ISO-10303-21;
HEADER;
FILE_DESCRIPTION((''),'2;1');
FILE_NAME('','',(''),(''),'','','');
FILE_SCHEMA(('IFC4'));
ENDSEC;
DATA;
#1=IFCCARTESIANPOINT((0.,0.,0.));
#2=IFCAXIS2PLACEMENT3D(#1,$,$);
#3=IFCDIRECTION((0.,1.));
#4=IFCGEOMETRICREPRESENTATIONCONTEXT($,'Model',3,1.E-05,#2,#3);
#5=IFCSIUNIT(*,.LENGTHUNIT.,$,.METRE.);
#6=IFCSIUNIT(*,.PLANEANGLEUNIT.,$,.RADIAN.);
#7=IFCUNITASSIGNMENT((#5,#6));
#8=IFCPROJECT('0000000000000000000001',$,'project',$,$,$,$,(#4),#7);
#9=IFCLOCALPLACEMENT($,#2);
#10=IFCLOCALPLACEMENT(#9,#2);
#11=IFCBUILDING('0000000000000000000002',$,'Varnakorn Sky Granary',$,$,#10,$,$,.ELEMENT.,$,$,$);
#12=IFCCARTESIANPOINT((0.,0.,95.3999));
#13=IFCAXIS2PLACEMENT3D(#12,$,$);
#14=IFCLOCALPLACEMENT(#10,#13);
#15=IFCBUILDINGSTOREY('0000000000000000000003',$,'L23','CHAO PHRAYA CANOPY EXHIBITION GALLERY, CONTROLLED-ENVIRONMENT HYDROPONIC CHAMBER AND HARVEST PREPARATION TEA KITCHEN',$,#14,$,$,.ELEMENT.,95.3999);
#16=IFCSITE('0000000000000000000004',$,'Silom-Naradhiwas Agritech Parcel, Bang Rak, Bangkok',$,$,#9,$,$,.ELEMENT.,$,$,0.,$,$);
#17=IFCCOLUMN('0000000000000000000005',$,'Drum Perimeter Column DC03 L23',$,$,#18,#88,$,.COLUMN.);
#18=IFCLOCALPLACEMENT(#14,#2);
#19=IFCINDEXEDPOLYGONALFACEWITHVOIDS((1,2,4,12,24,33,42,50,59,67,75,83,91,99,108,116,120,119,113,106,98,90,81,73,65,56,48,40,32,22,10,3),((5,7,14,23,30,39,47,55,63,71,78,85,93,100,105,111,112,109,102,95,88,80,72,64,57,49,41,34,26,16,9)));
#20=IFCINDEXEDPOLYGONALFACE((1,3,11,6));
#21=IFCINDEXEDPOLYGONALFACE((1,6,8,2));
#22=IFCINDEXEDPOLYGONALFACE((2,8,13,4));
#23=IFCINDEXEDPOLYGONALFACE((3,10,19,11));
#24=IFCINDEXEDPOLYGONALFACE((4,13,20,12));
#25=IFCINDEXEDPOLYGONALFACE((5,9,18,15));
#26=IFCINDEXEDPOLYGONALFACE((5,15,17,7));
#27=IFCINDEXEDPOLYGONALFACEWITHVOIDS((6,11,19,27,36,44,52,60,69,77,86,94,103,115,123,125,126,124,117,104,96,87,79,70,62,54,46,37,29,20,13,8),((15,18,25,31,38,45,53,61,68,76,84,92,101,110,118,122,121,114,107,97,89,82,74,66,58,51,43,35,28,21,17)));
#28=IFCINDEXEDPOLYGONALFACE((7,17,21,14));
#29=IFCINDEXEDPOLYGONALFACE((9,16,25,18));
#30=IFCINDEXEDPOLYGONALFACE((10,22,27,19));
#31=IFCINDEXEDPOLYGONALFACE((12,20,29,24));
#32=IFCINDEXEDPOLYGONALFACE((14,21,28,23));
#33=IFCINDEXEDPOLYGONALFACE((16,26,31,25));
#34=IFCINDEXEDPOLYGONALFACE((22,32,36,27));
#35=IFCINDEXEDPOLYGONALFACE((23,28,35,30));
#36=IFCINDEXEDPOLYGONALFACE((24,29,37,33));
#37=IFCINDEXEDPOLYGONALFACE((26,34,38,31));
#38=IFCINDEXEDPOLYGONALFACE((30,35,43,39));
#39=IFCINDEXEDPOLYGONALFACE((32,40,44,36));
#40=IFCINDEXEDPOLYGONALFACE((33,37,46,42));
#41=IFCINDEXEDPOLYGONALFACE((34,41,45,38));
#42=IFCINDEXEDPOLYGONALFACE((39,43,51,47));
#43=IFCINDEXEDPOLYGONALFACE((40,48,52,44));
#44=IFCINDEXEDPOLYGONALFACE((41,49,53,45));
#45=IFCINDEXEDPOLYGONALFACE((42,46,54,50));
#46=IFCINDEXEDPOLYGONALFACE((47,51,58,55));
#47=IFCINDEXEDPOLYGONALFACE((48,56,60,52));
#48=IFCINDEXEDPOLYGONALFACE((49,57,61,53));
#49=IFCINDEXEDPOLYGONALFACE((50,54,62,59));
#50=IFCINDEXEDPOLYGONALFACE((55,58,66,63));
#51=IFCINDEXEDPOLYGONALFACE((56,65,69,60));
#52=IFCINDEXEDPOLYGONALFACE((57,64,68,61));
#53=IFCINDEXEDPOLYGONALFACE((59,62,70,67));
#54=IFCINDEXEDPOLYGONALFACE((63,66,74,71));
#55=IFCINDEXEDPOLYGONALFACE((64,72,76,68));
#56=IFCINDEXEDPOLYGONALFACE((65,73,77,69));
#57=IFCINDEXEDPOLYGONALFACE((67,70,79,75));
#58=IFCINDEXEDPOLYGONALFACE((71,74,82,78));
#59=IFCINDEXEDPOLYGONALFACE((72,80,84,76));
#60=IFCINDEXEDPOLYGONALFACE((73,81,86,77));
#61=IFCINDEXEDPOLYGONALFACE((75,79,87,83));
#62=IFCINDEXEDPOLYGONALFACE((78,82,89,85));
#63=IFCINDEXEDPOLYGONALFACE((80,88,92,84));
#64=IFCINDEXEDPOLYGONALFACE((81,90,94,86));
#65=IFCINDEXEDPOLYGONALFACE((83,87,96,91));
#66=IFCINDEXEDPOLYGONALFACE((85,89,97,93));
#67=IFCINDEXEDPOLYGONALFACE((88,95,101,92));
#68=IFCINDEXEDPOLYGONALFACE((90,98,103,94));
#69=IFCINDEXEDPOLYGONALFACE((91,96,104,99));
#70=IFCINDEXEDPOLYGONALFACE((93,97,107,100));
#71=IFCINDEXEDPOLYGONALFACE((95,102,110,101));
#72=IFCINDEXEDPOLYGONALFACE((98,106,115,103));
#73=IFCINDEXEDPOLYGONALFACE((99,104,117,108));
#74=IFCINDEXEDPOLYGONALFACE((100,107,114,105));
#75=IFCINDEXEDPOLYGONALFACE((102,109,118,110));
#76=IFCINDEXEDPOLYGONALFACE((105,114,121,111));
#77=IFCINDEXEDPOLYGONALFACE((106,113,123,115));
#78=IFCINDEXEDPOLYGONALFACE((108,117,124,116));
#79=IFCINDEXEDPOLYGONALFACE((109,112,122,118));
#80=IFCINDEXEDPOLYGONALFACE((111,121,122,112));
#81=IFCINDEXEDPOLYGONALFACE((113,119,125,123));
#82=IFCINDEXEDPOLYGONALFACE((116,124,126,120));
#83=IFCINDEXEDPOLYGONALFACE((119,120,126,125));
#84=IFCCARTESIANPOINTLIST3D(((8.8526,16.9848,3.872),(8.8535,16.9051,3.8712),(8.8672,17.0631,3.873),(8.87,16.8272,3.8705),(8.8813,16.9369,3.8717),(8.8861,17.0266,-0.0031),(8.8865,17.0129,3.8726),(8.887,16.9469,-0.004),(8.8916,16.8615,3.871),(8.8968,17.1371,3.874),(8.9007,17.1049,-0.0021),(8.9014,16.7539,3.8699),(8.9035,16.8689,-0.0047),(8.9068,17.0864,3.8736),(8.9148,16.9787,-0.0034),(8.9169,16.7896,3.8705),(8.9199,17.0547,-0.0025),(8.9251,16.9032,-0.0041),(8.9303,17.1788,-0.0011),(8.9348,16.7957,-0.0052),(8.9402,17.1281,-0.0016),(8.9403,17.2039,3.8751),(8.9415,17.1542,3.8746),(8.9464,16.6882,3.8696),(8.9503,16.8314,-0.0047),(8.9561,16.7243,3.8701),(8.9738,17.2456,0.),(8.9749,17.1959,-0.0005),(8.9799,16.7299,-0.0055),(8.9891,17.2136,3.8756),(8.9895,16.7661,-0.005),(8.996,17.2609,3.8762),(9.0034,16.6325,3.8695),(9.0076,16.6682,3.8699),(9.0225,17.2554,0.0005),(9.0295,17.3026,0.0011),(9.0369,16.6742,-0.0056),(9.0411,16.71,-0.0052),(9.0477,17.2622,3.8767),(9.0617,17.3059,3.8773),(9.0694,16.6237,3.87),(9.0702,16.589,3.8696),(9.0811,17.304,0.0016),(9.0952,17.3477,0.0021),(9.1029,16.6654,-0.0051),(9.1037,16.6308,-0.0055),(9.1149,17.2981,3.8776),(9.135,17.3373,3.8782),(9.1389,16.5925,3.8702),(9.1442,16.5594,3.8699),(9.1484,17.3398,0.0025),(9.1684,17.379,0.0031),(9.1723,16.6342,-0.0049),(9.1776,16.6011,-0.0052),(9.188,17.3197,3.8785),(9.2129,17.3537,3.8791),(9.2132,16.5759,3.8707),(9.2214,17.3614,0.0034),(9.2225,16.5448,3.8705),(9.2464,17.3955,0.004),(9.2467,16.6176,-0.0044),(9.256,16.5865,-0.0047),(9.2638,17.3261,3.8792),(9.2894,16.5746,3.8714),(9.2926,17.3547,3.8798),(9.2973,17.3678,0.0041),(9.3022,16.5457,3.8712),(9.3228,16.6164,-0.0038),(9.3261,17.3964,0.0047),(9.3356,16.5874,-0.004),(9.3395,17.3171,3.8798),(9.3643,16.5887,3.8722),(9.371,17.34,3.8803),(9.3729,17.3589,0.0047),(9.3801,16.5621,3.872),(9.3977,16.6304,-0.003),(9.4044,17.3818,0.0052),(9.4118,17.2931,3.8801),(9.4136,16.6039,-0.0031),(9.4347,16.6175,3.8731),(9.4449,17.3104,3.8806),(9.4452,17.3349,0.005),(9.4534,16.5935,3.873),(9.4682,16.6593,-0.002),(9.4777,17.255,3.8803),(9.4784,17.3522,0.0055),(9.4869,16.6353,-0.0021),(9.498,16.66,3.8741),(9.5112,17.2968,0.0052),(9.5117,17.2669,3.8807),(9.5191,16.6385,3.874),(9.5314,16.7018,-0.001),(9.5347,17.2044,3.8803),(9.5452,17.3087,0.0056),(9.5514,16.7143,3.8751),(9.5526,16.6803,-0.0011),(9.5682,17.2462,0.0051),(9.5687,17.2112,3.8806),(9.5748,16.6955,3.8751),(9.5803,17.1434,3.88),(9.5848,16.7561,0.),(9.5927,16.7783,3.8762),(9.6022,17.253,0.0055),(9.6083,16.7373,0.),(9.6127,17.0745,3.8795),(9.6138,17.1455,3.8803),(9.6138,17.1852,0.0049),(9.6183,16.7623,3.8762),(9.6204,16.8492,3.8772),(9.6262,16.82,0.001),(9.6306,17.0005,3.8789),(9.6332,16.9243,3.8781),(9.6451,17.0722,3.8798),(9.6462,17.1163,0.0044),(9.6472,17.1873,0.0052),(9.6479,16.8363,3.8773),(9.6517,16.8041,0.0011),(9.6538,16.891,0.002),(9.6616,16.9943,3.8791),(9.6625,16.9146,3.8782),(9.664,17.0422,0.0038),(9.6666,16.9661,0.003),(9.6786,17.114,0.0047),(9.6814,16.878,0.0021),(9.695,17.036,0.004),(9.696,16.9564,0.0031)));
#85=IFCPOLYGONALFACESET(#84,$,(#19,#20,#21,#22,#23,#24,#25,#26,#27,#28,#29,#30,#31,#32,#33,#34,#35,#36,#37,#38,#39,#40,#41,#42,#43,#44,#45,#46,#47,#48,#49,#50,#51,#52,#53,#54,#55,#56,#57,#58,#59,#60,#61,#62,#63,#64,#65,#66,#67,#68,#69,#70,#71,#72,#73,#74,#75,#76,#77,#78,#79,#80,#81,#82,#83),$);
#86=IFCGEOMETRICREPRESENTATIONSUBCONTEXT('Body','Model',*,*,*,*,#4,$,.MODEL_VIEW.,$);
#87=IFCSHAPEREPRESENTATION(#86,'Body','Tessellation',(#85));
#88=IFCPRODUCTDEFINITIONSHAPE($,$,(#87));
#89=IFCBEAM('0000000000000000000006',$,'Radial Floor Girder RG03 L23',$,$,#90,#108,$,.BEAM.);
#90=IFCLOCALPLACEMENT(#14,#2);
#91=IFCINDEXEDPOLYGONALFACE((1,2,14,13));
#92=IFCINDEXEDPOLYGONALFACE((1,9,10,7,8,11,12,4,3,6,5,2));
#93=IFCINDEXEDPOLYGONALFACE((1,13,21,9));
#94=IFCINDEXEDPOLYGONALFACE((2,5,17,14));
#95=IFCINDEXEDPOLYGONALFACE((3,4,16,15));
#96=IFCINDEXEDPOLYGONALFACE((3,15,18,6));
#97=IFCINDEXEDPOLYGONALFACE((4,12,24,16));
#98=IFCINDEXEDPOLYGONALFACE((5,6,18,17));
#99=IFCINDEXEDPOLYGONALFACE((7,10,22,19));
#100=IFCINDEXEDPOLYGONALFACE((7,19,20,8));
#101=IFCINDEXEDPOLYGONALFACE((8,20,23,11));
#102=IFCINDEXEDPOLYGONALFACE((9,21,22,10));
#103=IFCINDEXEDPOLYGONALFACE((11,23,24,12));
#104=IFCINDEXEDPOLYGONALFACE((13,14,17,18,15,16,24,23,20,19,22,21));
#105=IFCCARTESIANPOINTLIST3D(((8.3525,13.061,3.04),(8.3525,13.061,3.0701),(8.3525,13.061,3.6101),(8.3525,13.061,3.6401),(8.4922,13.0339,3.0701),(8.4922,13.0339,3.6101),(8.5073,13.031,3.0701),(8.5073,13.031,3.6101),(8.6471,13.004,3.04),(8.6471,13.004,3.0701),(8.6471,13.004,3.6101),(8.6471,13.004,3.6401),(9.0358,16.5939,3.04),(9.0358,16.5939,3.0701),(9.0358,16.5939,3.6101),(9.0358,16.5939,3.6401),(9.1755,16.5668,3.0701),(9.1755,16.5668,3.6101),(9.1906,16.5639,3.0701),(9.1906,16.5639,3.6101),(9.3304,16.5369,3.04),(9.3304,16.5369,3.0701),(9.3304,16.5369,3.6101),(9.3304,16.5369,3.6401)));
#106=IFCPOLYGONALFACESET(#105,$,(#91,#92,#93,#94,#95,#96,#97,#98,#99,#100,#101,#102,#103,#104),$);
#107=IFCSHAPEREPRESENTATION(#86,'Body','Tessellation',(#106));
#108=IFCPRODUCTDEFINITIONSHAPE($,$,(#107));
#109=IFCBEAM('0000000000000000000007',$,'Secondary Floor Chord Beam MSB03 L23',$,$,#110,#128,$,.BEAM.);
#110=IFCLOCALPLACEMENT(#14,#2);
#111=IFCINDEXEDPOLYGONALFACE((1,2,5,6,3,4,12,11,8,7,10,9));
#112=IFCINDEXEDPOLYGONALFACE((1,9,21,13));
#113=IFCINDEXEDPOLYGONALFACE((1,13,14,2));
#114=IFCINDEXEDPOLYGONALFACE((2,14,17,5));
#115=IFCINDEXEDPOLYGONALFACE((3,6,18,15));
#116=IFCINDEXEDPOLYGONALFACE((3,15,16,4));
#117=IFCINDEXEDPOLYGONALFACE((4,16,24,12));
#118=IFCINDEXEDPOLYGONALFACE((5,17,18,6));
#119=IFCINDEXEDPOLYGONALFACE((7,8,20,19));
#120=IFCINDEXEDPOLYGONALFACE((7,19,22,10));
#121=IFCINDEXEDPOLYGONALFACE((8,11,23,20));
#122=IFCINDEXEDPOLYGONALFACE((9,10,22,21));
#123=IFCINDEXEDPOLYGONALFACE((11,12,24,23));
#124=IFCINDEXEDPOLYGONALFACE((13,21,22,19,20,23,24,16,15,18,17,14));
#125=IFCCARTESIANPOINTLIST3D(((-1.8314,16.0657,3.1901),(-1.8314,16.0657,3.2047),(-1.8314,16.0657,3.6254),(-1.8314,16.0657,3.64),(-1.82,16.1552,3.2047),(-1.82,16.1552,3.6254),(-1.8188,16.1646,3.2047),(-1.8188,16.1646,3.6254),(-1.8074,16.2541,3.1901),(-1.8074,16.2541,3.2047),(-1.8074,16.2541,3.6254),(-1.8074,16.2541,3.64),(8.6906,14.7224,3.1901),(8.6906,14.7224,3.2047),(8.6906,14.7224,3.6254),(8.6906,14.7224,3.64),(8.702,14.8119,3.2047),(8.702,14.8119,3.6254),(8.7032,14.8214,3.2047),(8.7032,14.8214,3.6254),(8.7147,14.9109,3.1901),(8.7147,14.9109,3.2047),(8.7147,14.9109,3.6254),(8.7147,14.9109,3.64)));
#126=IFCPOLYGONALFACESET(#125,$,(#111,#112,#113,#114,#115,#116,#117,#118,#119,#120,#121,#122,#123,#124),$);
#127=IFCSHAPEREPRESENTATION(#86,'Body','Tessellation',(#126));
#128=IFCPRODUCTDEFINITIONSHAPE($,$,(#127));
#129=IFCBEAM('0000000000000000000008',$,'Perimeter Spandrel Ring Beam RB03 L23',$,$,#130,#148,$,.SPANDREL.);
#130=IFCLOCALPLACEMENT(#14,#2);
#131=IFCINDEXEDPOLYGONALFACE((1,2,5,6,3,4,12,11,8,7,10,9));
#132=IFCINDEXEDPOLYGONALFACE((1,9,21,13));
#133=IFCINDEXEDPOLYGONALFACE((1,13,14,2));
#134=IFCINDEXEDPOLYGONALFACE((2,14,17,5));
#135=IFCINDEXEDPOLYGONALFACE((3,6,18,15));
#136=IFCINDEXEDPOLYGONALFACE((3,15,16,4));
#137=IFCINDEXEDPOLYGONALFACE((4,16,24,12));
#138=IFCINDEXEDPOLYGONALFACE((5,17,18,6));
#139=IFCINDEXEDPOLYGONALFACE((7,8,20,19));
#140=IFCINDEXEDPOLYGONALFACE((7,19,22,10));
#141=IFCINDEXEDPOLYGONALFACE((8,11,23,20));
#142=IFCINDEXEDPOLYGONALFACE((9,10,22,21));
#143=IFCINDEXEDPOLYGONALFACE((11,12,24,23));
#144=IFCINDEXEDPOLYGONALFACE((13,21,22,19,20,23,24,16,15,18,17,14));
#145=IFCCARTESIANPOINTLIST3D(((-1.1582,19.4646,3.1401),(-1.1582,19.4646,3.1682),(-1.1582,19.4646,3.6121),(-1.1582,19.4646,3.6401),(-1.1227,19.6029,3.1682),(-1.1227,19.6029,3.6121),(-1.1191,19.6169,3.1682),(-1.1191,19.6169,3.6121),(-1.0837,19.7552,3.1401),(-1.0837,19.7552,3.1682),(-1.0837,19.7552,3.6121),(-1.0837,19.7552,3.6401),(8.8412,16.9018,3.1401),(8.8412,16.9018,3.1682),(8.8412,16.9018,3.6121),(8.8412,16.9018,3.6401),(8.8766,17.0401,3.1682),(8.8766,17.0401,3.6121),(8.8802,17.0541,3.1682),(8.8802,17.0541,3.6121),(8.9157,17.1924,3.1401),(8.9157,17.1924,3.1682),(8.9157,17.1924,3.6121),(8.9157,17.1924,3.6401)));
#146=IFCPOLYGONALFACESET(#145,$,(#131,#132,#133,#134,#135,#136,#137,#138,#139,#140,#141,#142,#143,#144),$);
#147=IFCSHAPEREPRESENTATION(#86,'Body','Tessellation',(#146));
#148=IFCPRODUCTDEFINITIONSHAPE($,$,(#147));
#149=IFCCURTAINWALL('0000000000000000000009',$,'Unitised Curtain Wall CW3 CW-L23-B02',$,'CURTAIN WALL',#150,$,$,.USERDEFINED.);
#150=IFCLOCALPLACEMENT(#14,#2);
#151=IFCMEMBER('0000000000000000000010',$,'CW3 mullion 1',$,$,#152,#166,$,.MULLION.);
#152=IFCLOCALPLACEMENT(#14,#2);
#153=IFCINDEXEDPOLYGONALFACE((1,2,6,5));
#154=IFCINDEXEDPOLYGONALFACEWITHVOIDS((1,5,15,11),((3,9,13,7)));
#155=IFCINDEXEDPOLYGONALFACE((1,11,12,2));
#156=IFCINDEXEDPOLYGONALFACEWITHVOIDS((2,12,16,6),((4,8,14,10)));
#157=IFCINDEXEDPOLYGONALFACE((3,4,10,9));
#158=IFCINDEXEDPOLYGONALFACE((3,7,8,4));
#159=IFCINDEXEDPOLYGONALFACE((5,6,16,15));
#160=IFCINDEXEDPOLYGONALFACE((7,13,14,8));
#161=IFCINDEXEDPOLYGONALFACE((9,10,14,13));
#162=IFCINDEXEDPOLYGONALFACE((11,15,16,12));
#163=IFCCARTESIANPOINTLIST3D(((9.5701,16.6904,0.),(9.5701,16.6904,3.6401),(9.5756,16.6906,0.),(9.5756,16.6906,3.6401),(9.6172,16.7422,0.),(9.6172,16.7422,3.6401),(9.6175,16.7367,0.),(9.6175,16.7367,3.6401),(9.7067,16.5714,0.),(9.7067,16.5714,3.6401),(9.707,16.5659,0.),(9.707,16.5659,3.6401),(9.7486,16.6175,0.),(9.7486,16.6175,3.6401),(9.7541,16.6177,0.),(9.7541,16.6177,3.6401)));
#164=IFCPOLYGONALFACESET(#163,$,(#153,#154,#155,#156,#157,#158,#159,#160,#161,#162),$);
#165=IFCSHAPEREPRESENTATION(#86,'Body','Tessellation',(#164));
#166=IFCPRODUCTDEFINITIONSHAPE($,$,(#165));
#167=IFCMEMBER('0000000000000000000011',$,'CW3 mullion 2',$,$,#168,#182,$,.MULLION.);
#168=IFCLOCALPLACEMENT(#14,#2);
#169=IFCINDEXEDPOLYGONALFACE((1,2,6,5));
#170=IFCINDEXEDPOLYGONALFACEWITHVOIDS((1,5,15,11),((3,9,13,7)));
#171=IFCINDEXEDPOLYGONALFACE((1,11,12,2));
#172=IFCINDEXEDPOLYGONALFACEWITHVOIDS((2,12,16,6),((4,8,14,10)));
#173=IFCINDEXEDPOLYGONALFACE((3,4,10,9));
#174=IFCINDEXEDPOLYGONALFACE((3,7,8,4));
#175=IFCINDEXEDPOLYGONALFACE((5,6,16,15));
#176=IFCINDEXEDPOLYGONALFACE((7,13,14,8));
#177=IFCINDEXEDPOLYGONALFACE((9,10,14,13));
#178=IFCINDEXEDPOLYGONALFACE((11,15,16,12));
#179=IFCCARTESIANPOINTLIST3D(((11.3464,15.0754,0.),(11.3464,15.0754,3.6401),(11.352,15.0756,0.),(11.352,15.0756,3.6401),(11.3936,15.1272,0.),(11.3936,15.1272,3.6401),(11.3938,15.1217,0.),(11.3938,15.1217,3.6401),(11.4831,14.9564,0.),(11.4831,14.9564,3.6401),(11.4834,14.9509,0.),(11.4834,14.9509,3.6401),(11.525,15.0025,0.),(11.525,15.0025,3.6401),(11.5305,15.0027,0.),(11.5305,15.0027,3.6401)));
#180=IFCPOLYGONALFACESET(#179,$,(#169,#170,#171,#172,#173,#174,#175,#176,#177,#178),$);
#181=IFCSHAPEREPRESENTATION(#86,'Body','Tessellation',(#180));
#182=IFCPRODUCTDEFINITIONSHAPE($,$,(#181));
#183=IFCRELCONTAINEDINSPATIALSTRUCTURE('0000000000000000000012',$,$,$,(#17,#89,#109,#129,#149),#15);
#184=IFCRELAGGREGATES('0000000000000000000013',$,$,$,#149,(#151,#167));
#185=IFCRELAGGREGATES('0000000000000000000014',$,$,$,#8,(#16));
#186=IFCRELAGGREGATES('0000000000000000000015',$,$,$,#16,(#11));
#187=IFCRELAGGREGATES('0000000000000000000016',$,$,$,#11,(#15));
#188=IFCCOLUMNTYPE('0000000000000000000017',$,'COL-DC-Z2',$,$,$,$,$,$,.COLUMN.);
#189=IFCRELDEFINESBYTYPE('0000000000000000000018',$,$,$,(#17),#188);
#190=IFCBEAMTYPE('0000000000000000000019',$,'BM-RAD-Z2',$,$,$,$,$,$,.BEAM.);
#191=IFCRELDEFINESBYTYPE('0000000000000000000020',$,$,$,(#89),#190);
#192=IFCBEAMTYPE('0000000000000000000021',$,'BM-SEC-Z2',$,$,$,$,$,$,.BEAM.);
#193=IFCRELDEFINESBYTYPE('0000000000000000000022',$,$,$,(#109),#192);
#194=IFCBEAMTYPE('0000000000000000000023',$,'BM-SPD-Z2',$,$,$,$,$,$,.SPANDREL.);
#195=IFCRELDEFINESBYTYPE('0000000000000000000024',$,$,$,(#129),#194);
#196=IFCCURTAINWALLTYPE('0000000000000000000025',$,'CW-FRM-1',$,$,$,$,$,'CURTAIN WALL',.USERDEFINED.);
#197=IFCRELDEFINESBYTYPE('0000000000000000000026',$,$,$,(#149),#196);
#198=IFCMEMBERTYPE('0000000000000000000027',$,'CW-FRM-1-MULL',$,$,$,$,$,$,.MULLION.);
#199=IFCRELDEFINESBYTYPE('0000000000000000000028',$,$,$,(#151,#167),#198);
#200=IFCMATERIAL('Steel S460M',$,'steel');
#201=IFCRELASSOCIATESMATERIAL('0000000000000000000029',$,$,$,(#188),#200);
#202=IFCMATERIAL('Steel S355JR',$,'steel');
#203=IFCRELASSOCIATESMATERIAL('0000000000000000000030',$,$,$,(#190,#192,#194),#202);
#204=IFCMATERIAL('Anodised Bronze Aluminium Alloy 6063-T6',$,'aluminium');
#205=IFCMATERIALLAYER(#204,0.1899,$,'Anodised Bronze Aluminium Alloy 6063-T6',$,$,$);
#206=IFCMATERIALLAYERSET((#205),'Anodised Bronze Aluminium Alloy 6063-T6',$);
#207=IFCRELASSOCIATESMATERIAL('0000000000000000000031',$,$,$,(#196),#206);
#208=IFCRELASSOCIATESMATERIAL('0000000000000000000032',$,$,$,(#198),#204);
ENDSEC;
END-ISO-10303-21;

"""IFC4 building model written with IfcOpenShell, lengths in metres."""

from ifc_helpers import new_model, si_unit, direction, frame, origin, origin_2d, place, context, subcontext, project, spatial, hollow_rectangle, hollow_circle, i_section, extrude, material, layer, layer_set, material_profile, profile_set, type_object, element, aggregate, save


model = new_model("IFC4")

# Units and contexts
model_context = context("Model", 3, precision=1e-05, world=origin(), true_north=direction((0.0, 1.0)))
body_context = subcontext(model_context, "Body", "Model", "MODEL_VIEW")
ifc_project = project(units=[si_unit("LENGTHUNIT", "METRE"), si_unit("PLANEANGLEUNIT", "RADIAN")], contexts=[model_context])

# Site, building, storey
site_placement = place(None, origin())
site = spatial("IfcSite", under=ifc_project, at=site_placement, Name="Silom-Naradhiwas Agritech Parcel, Bang Rak, Bangkok", CompositionType="ELEMENT", RefElevation=0.0)
building_placement = place(site_placement, origin())
building = spatial("IfcBuilding", under=site, at=building_placement, Name="Varnakorn Sky Granary", CompositionType="ELEMENT")
storey_placement = place(building_placement, frame((0.0, 0.0, 95.3999)))
storey = spatial("IfcBuildingStorey", under=building, at=storey_placement, Name="L23", Description="CHAO PHRAYA CANOPY EXHIBITION GALLERY, CONTROLLED-ENVIRONMENT HYDROPONIC CHAMBER AND HARVEST PREPARATION TEA KITCHEN", CompositionType="ELEMENT", Elevation=95.3999)

# Column
ifc_material_1 = material(Name="Steel S460M", Category="steel")
ifc_material_profile_1 = material_profile(ifc_material_1, hollow_circle(Radius=0.4065, WallThickness=0.03, at=origin_2d()), Name="CHS 813x30")
ifc_profile_set_1 = profile_set([ifc_material_profile_1], Name="Steel S460M")
column_type = type_object("IfcColumnType", Name="COL-DC-Z2", PredefinedType="COLUMN", material=ifc_profile_set_1)
column_placement = place(storey_placement, frame((9.291, 16.9915, 0.0), z_axis=(-0.008631, -0.010773, 0.999905), x_axis=(0.780423, -0.625251, 0.0)))
element("IfcColumn", 1, at=column_placement, inside=storey, type_object=column_type, Name="Drum Perimeter Column DC03 L23", PredefinedType="COLUMN", context=body_context, shape_type="SweptSolid", body=[
    extrude(hollow_circle(Radius=0.4065, WallThickness=0.03, at=origin_2d()), origin(), (0.0, 0.0, 1.0), 3.8755),
])

# Beams
ifc_material_2 = material(Name="Steel S355JR", Category="steel")
ifc_material_profile_2 = material_profile(ifc_material_2, i_section(OverallWidth=0.3, OverallDepth=0.6001, WebThickness=0.0154, FlangeThickness=0.03, at=origin_2d()), Name="HE 600 B")
ifc_profile_set_2 = profile_set([ifc_material_profile_2], Name="Steel S355JR")
beam_type_1 = type_object("IfcBeamType", Name="BM-RAD-Z2", PredefinedType="BEAM", material=ifc_profile_set_2)
beam_1_placement = place(storey_placement, frame((8.4998, 13.0325, 3.3401), z_axis=(0.189902, 0.981803, 0.0), x_axis=(-0.981803, 0.189902, 0.0)))
element("IfcBeam", 2, at=beam_1_placement, inside=storey, type_object=beam_type_1, Name="Radial Floor Girder RG03 L23", PredefinedType="BEAM", context=body_context, shape_type="SweptSolid", body=[
    extrude(i_section(OverallWidth=0.3, OverallDepth=0.6001, WebThickness=0.0154, FlangeThickness=0.03, at=origin_2d()), origin(), (0.0, 0.0, 1.0), 3.5984),
])
ifc_material_profile_3 = material_profile(ifc_material_2, i_section(OverallWidth=0.1899, OverallDepth=0.45, WebThickness=0.0095, FlangeThickness=0.0146, at=origin_2d()), Name="IPE 450")
ifc_profile_set_3 = profile_set([ifc_material_profile_3], Name="Steel S355JR")
beam_type_2 = type_object("IfcBeamType", Name="BM-SEC-Z2", PredefinedType="BEAM", material=ifc_profile_set_3)
beam_2_placement = place(storey_placement, frame((8.7026, 14.8167, 3.415), z_axis=(-0.991949, 0.126635, 0.0), x_axis=(-0.126635, -0.991949, 0.0)))
element("IfcBeam", 3, at=beam_2_placement, inside=storey, type_object=beam_type_2, Name="Secondary Floor Chord Beam MSB03 L23", PredefinedType="BEAM", context=body_context, shape_type="SweptSolid", body=[
    extrude(i_section(OverallWidth=0.1899, OverallDepth=0.45, WebThickness=0.0095, FlangeThickness=0.0146, at=origin_2d()), origin(), (0.0, 0.0, 1.0), 10.6074),
])
ifc_material_profile_4 = material_profile(ifc_material_2, i_section(OverallWidth=0.3, OverallDepth=0.5, WebThickness=0.0144, FlangeThickness=0.0281, at=origin_2d()), Name="HE 500 B")
ifc_profile_set_4 = profile_set([ifc_material_profile_4], Name="Steel S355JR")
beam_type_3 = type_object("IfcBeamType", Name="BM-SPD-Z2", PredefinedType="SPANDREL", material=ifc_profile_set_4)
beam_3_placement = place(storey_placement, frame((8.8784, 17.0471, 3.3901), z_axis=(-0.968691, 0.248269, 0.0), x_axis=(-0.248269, -0.968691, 0.0)))
element("IfcBeam", 4, at=beam_3_placement, inside=storey, type_object=beam_type_3, Name="Perimeter Spandrel Ring Beam RB03 L23", PredefinedType="SPANDREL", context=body_context, shape_type="SweptSolid", body=[
    extrude(i_section(OverallWidth=0.3, OverallDepth=0.5, WebThickness=0.0144, FlangeThickness=0.0281, at=origin_2d()), origin(), (0.0, 0.0, 1.0), 10.3225),
])

# Curtain wall, members
ifc_material_3 = material(Name="Anodised Bronze Aluminium Alloy 6063-T6", Category="aluminium")
ifc_layer_1 = layer(ifc_material_3, 0.1899, Name="Anodised Bronze Aluminium Alloy 6063-T6")
ifc_layer_set_1 = layer_set([ifc_layer_1], Name="Anodised Bronze Aluminium Alloy 6063-T6")
curtain_wall_type = type_object("IfcCurtainWallType", Name="CW-FRM-1", ElementType="CURTAIN WALL", PredefinedType="USERDEFINED", material=ifc_layer_set_1)
curtain_wall_placement = place(storey_placement, origin())
curtain_wall = element("IfcCurtainWall", 5, at=curtain_wall_placement, inside=storey, type_object=curtain_wall_type, Name="Unitised Curtain Wall CW3 CW-L23-B02", ObjectType="CURTAIN WALL", PredefinedType="USERDEFINED")
ifc_material_profile_5 = material_profile(ifc_material_3, hollow_rectangle(XDim=0.0701, YDim=0.1851, WallThickness=0.0039, at=origin_2d()), Name="ALU MULL 70x185")
ifc_profile_set_5 = profile_set([ifc_material_profile_5], Name="Anodised Bronze Aluminium Alloy 6063-T6")
member_type_1 = type_object("IfcMemberType", Name="CW-FRM-1-MULL", PredefinedType="MULLION", material=ifc_profile_set_5)
member_1_placement = place(storey_placement, frame((9.6621, 16.6541, 0.0), z_axis=(0.0, 0.0, 1.0), x_axis=(0.672672, 0.739941, 0.0)))
member_1 = element("IfcMember", 6, at=member_1_placement, type_object=member_type_1, Name="CW3 mullion 1", PredefinedType="MULLION", context=body_context, shape_type="SweptSolid", body=[
    extrude(hollow_rectangle(XDim=0.0701, YDim=0.1851, WallThickness=0.0039, at=origin_2d()), origin(), (0.0, 0.0, 1.0), 3.6401),
])
member_2_placement = place(storey_placement, frame((11.4385, 15.0391, 0.0), z_axis=(0.0, 0.0, 1.0), x_axis=(0.672672, 0.739941, 0.0)))
member_2 = element("IfcMember", 7, at=member_2_placement, type_object=member_type_1, Name="CW3 mullion 2", PredefinedType="MULLION", context=body_context, shape_type="SweptSolid", body=[
    extrude(hollow_rectangle(XDim=0.0701, YDim=0.1851, WallThickness=0.0039, at=origin_2d()), origin(), (0.0, 0.0, 1.0), 3.6401),
])
aggregate(curtain_wall, [member_1, member_2])

save(model, "model.ifc")
